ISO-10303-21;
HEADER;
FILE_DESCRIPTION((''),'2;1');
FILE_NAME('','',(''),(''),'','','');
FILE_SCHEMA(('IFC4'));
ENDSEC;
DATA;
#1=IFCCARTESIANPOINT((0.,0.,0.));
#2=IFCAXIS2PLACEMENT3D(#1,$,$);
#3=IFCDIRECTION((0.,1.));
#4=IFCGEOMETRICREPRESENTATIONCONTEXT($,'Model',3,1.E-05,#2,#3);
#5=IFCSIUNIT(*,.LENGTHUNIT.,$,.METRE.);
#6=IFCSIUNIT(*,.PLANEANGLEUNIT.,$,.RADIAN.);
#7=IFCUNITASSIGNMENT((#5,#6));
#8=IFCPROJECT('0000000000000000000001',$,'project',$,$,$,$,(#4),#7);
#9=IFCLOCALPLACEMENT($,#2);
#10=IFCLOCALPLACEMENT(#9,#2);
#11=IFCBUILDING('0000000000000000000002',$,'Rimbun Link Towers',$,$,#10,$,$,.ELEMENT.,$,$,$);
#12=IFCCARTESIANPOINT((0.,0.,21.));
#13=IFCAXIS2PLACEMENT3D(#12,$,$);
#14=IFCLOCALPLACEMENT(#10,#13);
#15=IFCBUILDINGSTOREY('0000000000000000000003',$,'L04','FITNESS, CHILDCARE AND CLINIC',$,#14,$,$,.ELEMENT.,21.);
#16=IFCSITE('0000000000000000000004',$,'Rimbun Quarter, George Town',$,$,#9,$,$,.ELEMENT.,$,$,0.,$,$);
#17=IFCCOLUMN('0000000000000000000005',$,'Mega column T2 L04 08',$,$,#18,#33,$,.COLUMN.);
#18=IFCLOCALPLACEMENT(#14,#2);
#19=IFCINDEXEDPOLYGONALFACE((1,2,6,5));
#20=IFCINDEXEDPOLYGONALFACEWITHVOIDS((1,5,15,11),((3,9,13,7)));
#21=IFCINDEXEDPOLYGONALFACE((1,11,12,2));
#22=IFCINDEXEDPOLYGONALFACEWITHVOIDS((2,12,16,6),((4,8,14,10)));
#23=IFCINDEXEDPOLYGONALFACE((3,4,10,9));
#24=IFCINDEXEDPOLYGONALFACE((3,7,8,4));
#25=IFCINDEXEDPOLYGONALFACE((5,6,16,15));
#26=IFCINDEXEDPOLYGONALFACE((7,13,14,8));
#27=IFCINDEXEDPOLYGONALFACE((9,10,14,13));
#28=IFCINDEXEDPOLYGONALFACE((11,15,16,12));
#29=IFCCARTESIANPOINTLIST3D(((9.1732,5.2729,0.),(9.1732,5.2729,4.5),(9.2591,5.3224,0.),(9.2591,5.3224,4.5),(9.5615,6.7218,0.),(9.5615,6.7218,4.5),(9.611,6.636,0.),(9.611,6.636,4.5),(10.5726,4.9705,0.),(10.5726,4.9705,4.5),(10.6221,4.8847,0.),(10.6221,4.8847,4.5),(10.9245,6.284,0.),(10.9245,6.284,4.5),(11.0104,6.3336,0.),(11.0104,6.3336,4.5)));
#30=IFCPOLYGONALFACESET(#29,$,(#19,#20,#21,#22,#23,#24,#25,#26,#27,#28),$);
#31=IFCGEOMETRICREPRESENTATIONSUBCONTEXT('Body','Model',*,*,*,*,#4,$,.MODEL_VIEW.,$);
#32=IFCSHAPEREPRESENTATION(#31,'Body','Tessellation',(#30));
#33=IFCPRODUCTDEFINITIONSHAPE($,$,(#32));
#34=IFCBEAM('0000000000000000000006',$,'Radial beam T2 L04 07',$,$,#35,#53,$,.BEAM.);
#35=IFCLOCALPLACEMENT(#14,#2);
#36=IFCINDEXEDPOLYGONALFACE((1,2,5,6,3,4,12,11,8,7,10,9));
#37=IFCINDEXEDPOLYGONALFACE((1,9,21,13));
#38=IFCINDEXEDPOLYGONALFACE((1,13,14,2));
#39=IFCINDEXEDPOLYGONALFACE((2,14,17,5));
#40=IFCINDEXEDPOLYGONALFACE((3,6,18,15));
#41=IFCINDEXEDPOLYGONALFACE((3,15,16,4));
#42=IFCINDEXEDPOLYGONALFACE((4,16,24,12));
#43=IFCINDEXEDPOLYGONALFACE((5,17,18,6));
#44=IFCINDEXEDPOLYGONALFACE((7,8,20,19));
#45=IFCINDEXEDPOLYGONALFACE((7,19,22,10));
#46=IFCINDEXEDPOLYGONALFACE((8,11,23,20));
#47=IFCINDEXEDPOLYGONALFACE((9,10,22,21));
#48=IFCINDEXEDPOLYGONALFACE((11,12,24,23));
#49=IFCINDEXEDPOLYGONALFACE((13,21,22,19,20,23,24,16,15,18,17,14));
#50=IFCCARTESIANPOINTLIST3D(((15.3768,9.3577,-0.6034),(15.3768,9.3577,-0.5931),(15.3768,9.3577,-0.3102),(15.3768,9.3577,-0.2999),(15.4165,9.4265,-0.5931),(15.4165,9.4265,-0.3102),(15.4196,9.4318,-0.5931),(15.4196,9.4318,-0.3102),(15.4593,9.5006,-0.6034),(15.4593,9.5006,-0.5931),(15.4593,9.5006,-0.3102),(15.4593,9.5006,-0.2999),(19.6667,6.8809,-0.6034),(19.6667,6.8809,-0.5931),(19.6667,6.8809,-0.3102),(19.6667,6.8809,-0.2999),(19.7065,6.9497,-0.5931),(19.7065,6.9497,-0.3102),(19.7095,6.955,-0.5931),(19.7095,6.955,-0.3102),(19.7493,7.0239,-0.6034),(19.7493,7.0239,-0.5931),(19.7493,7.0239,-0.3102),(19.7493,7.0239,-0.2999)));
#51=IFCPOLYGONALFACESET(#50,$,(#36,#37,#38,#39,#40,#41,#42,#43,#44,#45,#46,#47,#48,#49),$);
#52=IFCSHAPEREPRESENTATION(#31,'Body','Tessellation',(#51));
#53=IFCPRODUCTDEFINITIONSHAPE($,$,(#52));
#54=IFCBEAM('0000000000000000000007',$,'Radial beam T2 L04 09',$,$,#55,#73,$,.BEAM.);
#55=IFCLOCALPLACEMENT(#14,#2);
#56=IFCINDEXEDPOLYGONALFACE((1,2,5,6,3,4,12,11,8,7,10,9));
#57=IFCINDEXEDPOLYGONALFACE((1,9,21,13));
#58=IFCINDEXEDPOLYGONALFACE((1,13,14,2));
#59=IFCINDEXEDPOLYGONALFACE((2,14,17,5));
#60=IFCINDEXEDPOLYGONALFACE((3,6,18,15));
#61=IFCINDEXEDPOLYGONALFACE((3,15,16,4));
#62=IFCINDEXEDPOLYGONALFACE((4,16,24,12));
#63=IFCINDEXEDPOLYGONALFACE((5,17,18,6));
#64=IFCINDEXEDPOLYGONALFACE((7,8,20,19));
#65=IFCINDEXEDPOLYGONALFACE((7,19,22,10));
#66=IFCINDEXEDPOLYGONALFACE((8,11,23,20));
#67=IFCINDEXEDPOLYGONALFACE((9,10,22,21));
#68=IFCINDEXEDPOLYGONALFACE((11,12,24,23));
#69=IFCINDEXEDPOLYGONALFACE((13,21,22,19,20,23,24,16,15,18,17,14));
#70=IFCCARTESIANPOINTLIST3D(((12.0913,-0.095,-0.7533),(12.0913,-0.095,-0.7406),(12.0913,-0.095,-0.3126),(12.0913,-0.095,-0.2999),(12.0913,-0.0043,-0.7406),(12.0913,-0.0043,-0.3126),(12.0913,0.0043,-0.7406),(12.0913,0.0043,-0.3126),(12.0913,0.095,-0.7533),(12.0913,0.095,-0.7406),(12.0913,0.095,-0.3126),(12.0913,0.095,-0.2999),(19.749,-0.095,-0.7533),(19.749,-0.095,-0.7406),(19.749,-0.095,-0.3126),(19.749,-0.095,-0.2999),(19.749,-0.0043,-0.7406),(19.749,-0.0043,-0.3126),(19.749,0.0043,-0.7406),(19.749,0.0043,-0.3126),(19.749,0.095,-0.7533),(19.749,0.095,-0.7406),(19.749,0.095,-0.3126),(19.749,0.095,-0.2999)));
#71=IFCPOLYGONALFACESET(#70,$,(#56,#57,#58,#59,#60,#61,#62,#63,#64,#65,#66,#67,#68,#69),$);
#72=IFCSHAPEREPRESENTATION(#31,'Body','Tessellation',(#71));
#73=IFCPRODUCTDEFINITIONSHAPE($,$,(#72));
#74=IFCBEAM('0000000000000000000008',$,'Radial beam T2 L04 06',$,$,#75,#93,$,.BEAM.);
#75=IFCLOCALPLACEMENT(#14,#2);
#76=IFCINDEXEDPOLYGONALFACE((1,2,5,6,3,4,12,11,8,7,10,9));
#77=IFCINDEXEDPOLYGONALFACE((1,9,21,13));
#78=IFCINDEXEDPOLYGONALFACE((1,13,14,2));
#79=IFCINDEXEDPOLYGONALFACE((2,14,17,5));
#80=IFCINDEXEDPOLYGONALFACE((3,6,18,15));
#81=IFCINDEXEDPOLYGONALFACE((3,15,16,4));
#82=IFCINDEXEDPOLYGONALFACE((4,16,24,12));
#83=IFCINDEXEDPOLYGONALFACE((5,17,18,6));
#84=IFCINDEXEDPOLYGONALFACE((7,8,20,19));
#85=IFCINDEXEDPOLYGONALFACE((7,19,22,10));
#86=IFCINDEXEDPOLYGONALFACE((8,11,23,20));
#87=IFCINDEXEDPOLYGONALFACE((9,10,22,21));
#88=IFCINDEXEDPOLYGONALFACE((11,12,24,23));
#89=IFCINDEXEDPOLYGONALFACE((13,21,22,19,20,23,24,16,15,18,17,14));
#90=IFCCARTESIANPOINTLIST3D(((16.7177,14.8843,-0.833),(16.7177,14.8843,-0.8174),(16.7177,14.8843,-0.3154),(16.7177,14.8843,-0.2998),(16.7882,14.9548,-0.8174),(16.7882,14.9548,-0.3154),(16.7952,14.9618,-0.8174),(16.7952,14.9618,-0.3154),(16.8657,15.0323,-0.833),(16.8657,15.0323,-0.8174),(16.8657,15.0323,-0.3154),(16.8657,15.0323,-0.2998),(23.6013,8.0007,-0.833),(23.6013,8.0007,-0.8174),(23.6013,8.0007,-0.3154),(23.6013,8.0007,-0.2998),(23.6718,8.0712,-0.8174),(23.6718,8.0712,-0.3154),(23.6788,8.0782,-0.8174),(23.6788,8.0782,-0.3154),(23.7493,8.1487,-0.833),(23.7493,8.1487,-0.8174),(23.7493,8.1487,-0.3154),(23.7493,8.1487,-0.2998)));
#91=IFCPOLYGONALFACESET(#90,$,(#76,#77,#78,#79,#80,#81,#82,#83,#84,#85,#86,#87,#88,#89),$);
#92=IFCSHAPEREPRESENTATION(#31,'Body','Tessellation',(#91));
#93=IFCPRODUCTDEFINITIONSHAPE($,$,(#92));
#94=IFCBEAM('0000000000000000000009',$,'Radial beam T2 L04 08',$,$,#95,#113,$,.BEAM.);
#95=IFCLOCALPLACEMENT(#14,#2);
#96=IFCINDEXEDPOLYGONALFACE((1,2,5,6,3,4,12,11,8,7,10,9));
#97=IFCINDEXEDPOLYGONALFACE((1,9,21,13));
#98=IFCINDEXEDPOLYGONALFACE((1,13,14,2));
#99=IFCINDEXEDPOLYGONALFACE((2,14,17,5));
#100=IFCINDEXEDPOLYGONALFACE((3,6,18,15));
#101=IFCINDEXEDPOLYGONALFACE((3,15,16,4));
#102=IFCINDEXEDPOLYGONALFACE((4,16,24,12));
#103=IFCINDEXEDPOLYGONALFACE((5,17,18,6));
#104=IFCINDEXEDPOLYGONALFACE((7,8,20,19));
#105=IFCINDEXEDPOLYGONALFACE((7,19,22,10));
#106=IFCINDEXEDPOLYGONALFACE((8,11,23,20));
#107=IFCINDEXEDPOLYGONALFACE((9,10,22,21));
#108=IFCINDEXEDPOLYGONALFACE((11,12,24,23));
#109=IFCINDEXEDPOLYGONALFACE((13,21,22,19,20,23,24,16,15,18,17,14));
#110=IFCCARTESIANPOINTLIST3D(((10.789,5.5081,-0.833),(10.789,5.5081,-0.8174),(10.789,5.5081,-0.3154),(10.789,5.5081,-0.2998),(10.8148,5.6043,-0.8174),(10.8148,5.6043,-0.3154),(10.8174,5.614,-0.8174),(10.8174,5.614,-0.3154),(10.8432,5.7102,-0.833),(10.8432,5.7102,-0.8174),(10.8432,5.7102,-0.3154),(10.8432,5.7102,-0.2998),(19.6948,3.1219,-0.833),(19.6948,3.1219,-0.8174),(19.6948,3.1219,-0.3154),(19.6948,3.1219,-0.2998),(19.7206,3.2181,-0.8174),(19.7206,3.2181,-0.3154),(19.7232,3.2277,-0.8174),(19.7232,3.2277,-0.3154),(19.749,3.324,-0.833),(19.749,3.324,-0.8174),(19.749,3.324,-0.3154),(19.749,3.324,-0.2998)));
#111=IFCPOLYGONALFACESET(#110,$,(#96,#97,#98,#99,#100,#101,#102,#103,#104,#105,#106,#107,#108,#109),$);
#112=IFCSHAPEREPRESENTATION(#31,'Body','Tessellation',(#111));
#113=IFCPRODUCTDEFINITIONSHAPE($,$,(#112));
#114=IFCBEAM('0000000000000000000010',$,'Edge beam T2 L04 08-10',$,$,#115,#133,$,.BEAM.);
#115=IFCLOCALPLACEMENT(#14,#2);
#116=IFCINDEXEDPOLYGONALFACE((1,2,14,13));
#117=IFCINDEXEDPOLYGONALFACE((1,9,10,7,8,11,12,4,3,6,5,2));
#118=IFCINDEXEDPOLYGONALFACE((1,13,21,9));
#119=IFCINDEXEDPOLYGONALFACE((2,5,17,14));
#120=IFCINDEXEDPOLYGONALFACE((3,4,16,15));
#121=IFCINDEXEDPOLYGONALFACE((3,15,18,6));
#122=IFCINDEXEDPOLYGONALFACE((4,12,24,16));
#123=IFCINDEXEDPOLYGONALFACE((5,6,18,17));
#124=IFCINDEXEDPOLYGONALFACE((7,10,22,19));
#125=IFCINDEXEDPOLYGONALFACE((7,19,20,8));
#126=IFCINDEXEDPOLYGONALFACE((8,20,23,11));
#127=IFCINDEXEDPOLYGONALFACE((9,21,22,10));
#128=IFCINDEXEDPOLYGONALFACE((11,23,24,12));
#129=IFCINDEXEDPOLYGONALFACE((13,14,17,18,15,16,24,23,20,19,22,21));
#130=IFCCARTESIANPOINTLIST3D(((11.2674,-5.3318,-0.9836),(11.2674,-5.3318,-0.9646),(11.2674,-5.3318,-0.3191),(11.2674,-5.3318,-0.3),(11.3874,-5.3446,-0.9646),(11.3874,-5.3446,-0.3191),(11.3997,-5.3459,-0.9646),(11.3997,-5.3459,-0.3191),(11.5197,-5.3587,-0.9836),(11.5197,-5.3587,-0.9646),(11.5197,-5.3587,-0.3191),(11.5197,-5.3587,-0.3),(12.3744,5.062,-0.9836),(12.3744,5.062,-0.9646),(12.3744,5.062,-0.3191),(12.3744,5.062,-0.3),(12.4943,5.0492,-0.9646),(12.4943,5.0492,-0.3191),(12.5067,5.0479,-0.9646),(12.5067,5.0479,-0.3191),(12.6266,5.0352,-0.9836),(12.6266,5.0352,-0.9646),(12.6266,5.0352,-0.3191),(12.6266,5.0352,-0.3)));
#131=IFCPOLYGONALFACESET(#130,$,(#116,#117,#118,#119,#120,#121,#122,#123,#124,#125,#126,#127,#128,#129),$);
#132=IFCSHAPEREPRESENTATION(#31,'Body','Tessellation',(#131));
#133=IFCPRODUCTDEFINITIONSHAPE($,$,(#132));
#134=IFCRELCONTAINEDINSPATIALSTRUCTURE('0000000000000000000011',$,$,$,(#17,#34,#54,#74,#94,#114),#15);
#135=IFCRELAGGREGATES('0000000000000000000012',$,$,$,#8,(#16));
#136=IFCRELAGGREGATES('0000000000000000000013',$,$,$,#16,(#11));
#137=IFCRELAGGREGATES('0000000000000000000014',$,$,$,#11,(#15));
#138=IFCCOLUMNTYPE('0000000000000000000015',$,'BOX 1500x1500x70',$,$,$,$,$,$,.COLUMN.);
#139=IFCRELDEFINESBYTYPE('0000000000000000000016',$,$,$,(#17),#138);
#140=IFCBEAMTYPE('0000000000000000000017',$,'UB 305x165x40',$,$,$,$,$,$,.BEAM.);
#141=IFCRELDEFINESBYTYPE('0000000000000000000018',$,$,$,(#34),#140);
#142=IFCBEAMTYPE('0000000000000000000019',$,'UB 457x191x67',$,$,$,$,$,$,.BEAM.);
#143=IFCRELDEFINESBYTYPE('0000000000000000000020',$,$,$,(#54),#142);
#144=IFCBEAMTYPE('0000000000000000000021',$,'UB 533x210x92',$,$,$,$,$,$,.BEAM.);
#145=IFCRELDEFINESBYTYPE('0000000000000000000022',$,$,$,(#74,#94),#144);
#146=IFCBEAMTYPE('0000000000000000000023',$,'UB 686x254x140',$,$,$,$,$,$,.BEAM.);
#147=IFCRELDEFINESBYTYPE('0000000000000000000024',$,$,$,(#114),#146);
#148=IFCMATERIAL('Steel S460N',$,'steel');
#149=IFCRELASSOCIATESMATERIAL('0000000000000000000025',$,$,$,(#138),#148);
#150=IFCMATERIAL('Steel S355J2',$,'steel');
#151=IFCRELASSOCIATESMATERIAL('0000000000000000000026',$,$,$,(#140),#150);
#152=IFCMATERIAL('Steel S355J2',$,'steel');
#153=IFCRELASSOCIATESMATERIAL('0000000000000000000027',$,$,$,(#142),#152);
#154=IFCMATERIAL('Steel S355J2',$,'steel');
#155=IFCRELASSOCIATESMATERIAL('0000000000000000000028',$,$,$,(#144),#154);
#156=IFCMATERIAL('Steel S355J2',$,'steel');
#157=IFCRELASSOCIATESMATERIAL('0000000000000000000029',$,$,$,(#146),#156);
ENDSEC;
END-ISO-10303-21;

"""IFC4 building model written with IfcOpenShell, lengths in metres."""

from ifc_helpers import new_model, si_unit, direction, frame, origin, origin_2d, place, context, subcontext, project, spatial, hollow_rectangle, i_section, extrude, material, material_profile, profile_set, type_object, element, save


model = new_model("IFC4")

# Units and contexts
model_context = context("Model", 3, precision=1e-05, world=origin(), true_north=direction((0.0, 1.0)))
body_context = subcontext(model_context, "Body", "Model", "MODEL_VIEW")
ifc_project = project(units=[si_unit("LENGTHUNIT", "METRE"), si_unit("PLANEANGLEUNIT", "RADIAN")], contexts=[model_context])

# Site, building, storey
site_placement = place(None, origin())
site = spatial("IfcSite", under=ifc_project, at=site_placement, Name="Rimbun Quarter, George Town", CompositionType="ELEMENT", RefElevation=0.0)
building_placement = place(site_placement, origin())
building = spatial("IfcBuilding", under=site, at=building_placement, Name="Rimbun Link Towers", CompositionType="ELEMENT")
storey_placement = place(building_placement, frame((0.0, 0.0, 21.0)))
storey = spatial("IfcBuildingStorey", under=building, at=storey_placement, Name="L04", Description="FITNESS, CHILDCARE AND CLINIC", CompositionType="ELEMENT", Elevation=21.0)

# Column
ifc_material_1 = material(Name="Steel S460N", Category="steel")
ifc_material_profile_1 = material_profile(ifc_material_1, hollow_rectangle(XDim=1.5, YDim=1.5, WallThickness=0.0701, at=origin_2d()), Name="BOX 1500x1500x70")
ifc_profile_set_1 = profile_set([ifc_material_profile_1], Name="Steel S460N")
column_type = type_object("IfcColumnType", Name="BOX 1500x1500x70", PredefinedType="COLUMN", material=ifc_profile_set_1)
column_placement = place(storey_placement, frame((10.0918, 5.8032, 0.0), z_axis=(0.0, 0.0, 1.0), x_axis=(-0.965926, 0.258819, 0.0)))
element("IfcColumn", 1, at=column_placement, inside=storey, type_object=column_type, Name="Mega column T2 L04 08", PredefinedType="COLUMN", context=body_context, shape_type="SweptSolid", body=[
    extrude(hollow_rectangle(XDim=1.5, YDim=1.5, WallThickness=0.0701, at=origin_2d()), origin(), (0.0, 0.0, 1.0), 4.5),
])

# Beams
ifc_material_2 = material(Name="Steel S355J2", Category="steel")
ifc_material_profile_2 = material_profile(ifc_material_2, i_section(OverallWidth=0.165, OverallDepth=0.3035, WebThickness=0.0061, FlangeThickness=0.0103, at=origin_2d()), Name="UB 305x165x40")
ifc_profile_set_2 = profile_set([ifc_material_profile_2], Name="Steel S355J2")
beam_type_1 = type_object("IfcBeamType", Name="UB 305x165x40", PredefinedType="BEAM", material=ifc_profile_set_2)
beam_1_placement = place(storey_placement, frame((19.708, 6.9524, -0.4517), z_axis=(-0.86603, 0.499993, 0.0), x_axis=(-0.499993, -0.86603, 0.0)))
element("IfcBeam", 2, at=beam_1_placement, inside=storey, type_object=beam_type_1, Name="Radial beam T2 L04 07", PredefinedType="BEAM", context=body_context, shape_type="SweptSolid", body=[
    extrude(i_section(OverallWidth=0.165, OverallDepth=0.3035, WebThickness=0.0061, FlangeThickness=0.0103, at=origin_2d()), origin(), (0.0, 0.0, 1.0), 4.9536),
])
ifc_material_3 = material(Name="Steel S355J2", Category="steel")
ifc_material_profile_3 = material_profile(ifc_material_3, i_section(OverallWidth=0.1899, OverallDepth=0.4534, WebThickness=0.0085, FlangeThickness=0.0127, at=origin_2d()), Name="UB 457x191x67")
ifc_profile_set_3 = profile_set([ifc_material_profile_3], Name="Steel S355J2")
beam_type_2 = type_object("IfcBeamType", Name="UB 457x191x67", PredefinedType="BEAM", material=ifc_profile_set_3)
beam_2_placement = place(storey_placement, frame((19.749, 0.0, -0.5266), z_axis=(-1.0, 0.0, 0.0), x_axis=(0.0, -1.0, 0.0)))
element("IfcBeam", 3, at=beam_2_placement, inside=storey, type_object=beam_type_2, Name="Radial beam T2 L04 09", PredefinedType="BEAM", context=body_context, shape_type="SweptSolid", body=[
    extrude(i_section(OverallWidth=0.1899, OverallDepth=0.4534, WebThickness=0.0085, FlangeThickness=0.0127, at=origin_2d()), origin(), (0.0, 0.0, 1.0), 7.6577),
])
ifc_material_4 = material(Name="Steel S355J2", Category="steel")
ifc_material_profile_4 = material_profile(ifc_material_4, i_section(OverallWidth=0.2092, OverallDepth=0.5332, WebThickness=0.01, FlangeThickness=0.0156, at=origin_2d()), Name="UB 533x210x92")
ifc_profile_set_4 = profile_set([ifc_material_profile_4], Name="Steel S355J2")
beam_type_3 = type_object("IfcBeamType", Name="UB 533x210x92", PredefinedType="BEAM", material=ifc_profile_set_4)
beam_3_placement = place(storey_placement, frame((23.6753, 8.0747, -0.5664), z_axis=(-0.707107, 0.707107, 0.0), x_axis=(-0.707107, -0.707107, 0.0)))
element("IfcBeam", 4, at=beam_3_placement, inside=storey, type_object=beam_type_3, Name="Radial beam T2 L04 06", PredefinedType="BEAM", context=body_context, shape_type="SweptSolid", body=[
    extrude(i_section(OverallWidth=0.2092, OverallDepth=0.5332, WebThickness=0.01, FlangeThickness=0.0156, at=origin_2d()), origin(), (0.0, 0.0, 1.0), 9.7349),
])
beam_4_placement = place(storey_placement, frame((19.7219, 3.2229, -0.5664), z_axis=(-0.965927, 0.258813, 0.0), x_axis=(-0.258813, -0.965927, 0.0)))
element("IfcBeam", 5, at=beam_4_placement, inside=storey, type_object=beam_type_3, Name="Radial beam T2 L04 08", PredefinedType="BEAM", context=body_context, shape_type="SweptSolid", body=[
    extrude(i_section(OverallWidth=0.2092, OverallDepth=0.5332, WebThickness=0.01, FlangeThickness=0.0156, at=origin_2d()), origin(), (0.0, 0.0, 1.0), 9.22),
])
ifc_material_5 = material(Name="Steel S355J2", Category="steel")
ifc_material_profile_5 = material_profile(ifc_material_5, i_section(OverallWidth=0.2537, OverallDepth=0.6836, WebThickness=0.0125, FlangeThickness=0.019, at=origin_2d()), Name="UB 686x254x140")
ifc_profile_set_5 = profile_set([ifc_material_profile_5], Name="Steel S355J2")
beam_type_4 = type_object("IfcBeamType", Name="UB 686x254x140", PredefinedType="BEAM", material=ifc_profile_set_5)
beam_5_placement = place(storey_placement, frame((12.5005, 5.0486, -0.6418), z_axis=(-0.105901, -0.994377, 0.0), x_axis=(0.994377, -0.105901, 0.0)))
element("IfcBeam", 6, at=beam_5_placement, inside=storey, type_object=beam_type_4, Name="Edge beam T2 L04 08-10", PredefinedType="BEAM", context=body_context, shape_type="SweptSolid", body=[
    extrude(i_section(OverallWidth=0.2537, OverallDepth=0.6836, WebThickness=0.0125, FlangeThickness=0.019, at=origin_2d()), origin(), (0.0, 0.0, 1.0), 10.4526),
])

save(model, "model.ifc")
